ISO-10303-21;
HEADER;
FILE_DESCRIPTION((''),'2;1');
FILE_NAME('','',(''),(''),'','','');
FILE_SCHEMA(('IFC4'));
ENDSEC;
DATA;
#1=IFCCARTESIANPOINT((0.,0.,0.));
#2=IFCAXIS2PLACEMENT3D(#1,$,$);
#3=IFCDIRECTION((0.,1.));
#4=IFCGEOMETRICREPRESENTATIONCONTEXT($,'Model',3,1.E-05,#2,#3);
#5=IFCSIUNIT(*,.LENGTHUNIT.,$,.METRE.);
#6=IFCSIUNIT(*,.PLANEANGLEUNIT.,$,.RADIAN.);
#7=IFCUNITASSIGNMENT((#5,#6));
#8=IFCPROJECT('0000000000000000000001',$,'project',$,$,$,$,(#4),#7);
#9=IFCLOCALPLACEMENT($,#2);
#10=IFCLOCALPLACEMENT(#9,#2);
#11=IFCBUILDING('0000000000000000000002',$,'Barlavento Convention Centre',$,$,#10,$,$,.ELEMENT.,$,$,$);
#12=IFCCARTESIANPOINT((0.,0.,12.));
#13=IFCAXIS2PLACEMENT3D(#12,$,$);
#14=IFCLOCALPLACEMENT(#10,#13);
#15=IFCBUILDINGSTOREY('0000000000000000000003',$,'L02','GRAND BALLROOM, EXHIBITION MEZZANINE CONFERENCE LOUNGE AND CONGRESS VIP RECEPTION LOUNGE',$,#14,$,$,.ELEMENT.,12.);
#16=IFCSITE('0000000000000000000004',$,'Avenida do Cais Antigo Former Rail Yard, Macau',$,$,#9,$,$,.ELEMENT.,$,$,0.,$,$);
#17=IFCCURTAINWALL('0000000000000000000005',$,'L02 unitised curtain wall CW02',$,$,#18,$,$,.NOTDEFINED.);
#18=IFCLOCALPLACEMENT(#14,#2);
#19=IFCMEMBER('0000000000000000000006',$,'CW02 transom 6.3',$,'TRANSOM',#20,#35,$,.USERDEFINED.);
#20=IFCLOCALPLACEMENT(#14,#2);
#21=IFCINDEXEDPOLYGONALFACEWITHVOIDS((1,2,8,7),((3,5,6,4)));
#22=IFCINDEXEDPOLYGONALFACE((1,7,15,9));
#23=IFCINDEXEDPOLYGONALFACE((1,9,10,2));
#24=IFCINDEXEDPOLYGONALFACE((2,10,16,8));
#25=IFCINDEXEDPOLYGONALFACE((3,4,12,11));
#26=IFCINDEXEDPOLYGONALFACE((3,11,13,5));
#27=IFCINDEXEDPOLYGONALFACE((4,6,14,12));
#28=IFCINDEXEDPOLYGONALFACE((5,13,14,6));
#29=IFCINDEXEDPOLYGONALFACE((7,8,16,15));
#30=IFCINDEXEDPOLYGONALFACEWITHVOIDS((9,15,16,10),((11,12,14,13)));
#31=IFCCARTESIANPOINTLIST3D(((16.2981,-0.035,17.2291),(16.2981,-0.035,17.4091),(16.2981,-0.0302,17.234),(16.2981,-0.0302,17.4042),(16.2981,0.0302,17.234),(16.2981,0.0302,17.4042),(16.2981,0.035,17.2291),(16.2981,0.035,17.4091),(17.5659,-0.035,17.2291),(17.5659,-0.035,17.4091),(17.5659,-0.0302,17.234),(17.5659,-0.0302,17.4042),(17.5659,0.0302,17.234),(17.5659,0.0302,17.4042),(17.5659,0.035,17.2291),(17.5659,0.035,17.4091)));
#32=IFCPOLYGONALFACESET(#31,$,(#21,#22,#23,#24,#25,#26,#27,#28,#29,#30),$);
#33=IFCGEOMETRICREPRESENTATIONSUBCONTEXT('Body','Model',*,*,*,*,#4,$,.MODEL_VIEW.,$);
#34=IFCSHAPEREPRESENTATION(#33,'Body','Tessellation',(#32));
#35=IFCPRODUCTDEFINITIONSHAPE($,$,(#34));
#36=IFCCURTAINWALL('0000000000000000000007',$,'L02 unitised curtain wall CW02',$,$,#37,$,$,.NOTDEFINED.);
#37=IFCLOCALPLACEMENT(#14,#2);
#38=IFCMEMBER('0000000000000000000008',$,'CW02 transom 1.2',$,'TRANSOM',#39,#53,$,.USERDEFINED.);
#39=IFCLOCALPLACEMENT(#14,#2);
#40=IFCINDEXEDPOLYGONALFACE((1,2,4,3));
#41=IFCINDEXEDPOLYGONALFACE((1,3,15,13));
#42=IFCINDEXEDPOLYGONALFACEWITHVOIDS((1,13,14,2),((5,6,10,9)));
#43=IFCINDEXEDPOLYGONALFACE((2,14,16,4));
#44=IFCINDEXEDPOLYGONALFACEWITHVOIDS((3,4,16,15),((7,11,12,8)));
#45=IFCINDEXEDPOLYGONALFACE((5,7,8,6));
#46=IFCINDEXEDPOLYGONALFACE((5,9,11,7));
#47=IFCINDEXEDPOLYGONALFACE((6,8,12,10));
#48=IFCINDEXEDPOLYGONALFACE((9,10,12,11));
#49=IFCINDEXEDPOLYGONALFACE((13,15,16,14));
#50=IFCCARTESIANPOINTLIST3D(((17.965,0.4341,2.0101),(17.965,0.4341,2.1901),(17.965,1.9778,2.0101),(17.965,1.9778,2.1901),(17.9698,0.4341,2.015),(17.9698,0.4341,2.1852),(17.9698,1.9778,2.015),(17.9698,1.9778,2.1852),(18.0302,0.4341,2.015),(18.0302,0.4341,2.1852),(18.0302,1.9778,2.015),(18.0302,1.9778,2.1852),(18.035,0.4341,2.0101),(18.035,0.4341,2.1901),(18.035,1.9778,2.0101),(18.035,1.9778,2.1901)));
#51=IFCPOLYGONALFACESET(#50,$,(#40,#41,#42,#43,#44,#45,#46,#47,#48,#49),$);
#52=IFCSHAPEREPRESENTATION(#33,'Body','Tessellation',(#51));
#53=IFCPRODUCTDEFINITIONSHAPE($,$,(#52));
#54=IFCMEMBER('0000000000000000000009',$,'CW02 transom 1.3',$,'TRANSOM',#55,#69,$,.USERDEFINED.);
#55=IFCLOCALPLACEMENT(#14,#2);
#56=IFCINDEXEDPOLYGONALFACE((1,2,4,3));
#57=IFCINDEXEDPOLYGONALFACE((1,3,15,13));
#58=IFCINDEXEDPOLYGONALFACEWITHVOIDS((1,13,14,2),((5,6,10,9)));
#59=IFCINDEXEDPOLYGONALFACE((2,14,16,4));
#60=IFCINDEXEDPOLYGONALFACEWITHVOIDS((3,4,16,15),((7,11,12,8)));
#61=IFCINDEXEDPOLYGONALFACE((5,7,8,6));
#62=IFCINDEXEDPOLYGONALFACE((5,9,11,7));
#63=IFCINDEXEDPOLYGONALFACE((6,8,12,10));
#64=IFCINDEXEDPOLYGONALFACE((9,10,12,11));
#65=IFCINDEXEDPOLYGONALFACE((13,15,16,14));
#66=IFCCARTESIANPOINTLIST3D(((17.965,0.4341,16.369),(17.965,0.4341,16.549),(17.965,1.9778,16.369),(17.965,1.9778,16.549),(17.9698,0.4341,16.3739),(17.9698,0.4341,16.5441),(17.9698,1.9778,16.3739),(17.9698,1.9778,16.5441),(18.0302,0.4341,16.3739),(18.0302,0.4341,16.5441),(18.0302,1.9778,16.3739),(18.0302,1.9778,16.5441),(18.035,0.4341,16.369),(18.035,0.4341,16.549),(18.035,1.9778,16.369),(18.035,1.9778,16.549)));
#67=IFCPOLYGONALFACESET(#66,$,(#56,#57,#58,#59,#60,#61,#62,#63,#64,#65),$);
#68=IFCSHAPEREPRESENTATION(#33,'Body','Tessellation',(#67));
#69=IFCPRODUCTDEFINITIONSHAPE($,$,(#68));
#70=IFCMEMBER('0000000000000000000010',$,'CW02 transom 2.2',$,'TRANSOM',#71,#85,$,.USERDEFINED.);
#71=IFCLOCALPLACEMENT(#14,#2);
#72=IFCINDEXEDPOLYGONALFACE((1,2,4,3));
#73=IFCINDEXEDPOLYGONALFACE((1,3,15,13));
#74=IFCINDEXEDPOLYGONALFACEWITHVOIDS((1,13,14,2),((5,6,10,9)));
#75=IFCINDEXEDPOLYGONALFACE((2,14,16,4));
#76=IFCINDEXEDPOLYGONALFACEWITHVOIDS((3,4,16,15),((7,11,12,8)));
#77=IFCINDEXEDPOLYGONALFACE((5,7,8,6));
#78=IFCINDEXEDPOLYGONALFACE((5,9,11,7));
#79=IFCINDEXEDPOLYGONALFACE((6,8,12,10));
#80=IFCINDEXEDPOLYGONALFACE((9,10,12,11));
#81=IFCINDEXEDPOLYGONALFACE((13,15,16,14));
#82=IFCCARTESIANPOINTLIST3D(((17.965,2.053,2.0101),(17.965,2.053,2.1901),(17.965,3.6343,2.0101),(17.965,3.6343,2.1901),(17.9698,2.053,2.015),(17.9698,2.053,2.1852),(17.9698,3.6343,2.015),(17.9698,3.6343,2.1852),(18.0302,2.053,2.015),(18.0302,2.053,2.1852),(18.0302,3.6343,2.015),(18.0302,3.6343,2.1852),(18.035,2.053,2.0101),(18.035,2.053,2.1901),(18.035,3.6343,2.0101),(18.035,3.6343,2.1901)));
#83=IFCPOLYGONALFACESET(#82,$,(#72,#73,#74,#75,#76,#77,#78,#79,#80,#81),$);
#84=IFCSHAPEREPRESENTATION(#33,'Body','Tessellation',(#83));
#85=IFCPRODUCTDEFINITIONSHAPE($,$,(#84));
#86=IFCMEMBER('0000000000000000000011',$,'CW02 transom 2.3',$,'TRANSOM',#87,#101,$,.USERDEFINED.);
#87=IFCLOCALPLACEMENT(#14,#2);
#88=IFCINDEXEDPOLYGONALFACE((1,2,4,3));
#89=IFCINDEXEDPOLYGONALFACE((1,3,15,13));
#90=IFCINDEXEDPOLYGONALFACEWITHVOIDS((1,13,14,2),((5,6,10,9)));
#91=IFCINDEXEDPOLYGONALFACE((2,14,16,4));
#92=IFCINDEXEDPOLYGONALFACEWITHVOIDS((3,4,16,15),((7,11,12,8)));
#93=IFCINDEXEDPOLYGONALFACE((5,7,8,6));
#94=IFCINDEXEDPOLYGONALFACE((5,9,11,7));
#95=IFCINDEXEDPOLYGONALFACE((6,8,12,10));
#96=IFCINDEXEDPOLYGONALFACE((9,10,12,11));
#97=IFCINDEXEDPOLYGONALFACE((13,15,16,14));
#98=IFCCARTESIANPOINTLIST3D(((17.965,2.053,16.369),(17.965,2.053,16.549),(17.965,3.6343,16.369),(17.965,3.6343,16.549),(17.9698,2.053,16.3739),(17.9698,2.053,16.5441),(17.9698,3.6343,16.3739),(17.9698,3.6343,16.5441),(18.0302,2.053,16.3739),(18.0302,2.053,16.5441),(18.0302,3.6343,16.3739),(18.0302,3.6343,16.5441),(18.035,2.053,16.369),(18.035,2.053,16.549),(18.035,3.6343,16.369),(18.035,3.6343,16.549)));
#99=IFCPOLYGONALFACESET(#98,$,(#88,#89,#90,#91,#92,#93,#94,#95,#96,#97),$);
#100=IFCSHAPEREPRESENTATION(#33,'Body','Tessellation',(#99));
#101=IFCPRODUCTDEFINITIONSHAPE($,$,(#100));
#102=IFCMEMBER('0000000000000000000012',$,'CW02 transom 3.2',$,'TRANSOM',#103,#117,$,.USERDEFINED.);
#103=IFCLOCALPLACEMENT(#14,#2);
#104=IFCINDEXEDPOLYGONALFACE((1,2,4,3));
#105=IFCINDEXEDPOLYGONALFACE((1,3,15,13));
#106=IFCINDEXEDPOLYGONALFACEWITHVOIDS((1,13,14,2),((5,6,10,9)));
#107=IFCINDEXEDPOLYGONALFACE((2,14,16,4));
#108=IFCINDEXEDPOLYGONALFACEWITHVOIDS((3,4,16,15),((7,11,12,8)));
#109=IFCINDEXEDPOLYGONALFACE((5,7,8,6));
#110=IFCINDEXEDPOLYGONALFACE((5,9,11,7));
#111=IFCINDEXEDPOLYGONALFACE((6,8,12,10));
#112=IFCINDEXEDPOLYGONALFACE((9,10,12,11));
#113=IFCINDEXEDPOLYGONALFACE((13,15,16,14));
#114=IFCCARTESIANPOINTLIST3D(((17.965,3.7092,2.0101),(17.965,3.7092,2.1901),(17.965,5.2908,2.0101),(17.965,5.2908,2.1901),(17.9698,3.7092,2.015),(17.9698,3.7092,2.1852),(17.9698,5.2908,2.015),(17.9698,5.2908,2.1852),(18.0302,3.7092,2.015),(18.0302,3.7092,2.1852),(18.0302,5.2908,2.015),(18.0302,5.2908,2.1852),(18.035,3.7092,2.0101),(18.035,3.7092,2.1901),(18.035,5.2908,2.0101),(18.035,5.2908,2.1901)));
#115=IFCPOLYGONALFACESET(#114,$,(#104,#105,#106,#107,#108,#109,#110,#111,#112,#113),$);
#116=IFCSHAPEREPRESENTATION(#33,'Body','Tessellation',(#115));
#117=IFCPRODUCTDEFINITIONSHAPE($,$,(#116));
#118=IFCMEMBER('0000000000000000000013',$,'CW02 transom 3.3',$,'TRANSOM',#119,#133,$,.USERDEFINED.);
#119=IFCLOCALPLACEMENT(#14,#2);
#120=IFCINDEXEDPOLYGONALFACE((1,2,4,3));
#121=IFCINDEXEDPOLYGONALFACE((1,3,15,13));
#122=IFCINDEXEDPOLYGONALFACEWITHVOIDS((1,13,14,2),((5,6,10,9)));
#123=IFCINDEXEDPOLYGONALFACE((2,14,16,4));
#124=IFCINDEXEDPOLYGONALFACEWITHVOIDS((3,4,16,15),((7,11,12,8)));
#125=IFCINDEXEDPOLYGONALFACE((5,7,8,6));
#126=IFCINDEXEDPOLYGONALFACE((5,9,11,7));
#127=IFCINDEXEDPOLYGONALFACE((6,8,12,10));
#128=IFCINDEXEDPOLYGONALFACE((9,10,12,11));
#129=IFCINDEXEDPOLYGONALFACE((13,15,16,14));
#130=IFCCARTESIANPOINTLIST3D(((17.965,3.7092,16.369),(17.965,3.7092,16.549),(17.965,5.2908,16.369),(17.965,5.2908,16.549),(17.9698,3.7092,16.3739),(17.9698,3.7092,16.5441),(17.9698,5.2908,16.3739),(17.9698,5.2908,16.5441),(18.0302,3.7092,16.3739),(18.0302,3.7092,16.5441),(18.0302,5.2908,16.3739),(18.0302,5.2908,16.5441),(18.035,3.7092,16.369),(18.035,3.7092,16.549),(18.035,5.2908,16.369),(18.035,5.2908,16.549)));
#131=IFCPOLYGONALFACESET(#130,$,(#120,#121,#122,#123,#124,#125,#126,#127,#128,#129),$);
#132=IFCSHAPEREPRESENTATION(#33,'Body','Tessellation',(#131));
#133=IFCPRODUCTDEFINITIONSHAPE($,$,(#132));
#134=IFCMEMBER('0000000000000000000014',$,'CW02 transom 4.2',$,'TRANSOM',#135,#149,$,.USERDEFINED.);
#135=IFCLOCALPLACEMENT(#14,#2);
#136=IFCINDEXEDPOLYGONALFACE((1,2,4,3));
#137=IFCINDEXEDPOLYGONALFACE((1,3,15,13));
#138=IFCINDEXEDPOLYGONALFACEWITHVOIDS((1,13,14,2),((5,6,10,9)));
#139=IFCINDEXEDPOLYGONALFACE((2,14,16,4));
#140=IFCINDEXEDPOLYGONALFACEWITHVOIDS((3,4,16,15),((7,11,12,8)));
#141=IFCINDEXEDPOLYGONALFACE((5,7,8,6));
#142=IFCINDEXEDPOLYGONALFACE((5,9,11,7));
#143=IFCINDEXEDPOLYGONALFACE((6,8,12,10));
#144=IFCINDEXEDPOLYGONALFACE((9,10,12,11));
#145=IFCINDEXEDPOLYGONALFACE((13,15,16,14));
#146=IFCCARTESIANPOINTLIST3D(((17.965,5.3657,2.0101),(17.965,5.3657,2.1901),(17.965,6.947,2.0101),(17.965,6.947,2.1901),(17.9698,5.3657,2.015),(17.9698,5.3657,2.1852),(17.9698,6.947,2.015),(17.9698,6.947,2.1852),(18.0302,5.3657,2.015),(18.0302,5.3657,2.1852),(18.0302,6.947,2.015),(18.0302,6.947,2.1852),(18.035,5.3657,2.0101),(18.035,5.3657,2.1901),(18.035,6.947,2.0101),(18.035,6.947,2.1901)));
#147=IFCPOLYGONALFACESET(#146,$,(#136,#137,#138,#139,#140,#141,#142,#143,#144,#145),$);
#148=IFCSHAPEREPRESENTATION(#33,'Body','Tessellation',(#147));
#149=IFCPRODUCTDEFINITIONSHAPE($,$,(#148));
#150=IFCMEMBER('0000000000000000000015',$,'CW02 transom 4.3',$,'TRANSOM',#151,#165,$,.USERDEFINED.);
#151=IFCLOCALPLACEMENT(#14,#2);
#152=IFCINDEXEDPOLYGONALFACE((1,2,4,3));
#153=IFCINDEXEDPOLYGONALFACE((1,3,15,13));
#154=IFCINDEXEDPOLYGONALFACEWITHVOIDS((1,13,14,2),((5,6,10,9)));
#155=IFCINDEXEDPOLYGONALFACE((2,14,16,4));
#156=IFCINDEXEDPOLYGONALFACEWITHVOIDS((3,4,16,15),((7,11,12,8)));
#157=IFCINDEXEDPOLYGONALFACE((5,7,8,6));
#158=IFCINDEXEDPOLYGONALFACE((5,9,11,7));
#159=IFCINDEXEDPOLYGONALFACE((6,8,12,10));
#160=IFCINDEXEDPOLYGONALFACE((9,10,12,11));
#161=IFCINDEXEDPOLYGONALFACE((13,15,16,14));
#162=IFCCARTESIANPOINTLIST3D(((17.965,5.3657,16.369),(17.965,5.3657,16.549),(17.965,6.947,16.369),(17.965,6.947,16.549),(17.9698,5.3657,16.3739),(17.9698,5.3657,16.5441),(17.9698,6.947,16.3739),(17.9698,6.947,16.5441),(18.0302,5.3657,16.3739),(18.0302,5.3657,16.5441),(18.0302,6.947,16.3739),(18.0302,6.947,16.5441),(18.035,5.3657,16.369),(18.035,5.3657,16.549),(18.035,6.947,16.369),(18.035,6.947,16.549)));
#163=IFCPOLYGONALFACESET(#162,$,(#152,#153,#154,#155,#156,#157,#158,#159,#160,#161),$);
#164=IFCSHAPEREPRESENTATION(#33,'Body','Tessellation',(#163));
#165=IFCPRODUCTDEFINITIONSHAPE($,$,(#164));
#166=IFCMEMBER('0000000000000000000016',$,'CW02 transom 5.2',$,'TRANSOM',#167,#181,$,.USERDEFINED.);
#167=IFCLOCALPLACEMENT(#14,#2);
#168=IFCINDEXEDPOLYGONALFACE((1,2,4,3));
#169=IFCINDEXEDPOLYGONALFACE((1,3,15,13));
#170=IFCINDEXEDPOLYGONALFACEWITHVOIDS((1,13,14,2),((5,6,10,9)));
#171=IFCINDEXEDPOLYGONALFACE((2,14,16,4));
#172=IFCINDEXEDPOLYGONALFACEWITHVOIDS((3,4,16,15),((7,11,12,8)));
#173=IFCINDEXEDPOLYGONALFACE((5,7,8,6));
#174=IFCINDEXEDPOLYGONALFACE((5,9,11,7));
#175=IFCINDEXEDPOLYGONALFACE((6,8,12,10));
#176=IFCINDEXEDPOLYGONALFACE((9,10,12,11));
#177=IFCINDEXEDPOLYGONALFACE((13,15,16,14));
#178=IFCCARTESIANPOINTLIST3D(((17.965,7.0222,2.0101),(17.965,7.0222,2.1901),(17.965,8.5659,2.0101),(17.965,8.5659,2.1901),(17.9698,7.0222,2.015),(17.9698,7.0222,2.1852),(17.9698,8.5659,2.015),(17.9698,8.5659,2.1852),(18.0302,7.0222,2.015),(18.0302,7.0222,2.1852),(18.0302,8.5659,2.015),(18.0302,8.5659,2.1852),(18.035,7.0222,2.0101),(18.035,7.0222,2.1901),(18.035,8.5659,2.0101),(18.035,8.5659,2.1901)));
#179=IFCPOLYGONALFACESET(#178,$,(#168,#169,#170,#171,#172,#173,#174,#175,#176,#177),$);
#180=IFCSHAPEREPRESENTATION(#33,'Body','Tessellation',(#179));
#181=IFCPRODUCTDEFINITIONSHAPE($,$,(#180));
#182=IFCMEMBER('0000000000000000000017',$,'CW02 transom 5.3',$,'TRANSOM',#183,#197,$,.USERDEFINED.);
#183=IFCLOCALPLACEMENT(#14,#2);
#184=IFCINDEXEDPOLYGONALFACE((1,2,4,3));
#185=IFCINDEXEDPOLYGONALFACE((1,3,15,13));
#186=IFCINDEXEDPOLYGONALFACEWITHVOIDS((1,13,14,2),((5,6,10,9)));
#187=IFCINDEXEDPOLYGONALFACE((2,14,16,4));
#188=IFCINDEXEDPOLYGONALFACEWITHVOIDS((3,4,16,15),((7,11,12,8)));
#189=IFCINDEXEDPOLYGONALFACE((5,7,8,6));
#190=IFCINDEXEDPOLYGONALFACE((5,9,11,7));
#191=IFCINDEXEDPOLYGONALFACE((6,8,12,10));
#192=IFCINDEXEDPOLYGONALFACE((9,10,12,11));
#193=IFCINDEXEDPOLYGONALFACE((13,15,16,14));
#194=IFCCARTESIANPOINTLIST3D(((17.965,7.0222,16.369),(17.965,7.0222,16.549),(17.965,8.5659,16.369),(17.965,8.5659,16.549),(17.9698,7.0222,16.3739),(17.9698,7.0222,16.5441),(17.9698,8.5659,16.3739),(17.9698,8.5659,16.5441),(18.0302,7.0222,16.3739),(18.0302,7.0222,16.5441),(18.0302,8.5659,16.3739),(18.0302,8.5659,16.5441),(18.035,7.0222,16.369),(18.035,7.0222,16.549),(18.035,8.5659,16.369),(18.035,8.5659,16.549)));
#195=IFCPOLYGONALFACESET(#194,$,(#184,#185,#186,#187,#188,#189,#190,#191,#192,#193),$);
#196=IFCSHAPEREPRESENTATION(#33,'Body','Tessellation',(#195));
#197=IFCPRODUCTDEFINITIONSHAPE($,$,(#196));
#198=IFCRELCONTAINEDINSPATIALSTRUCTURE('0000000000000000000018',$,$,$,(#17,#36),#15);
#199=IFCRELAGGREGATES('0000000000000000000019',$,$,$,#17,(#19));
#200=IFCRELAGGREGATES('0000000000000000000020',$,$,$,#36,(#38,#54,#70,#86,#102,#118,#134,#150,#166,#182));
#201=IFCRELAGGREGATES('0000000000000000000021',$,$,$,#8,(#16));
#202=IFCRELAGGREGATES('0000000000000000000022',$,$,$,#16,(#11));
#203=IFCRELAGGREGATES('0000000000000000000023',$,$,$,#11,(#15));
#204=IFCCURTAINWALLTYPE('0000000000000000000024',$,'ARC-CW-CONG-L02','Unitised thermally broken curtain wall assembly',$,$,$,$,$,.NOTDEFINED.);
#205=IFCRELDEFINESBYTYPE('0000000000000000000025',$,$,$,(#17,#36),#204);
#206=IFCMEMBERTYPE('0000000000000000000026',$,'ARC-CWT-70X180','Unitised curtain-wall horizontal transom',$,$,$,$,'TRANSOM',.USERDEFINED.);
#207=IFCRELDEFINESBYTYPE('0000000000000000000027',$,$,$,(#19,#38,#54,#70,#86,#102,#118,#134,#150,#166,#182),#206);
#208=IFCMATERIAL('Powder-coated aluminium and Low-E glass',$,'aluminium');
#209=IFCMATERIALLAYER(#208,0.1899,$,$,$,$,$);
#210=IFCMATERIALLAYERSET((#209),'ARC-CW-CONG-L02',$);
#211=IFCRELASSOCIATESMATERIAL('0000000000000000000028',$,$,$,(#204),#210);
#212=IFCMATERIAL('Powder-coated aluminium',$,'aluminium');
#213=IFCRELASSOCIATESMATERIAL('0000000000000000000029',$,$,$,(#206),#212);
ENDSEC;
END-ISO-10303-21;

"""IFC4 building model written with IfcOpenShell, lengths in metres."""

from ifc_helpers import new_model, si_unit, direction, frame, origin, origin_2d, place, context, subcontext, project, spatial, hollow_rectangle, extrude, material, layer, layer_set, material_profile, profile_set, type_object, element, aggregate, save


model = new_model("IFC4")

# Units and contexts
model_context = context("Model", 3, precision=1e-05, world=origin(), true_north=direction((0.0, 1.0)))
body_context = subcontext(model_context, "Body", "Model", "MODEL_VIEW")
ifc_project = project(units=[si_unit("LENGTHUNIT", "METRE"), si_unit("PLANEANGLEUNIT", "RADIAN")], contexts=[model_context])

# Site, building, storey
site_placement = place(None, origin())
site = spatial("IfcSite", under=ifc_project, at=site_placement, Name="Avenida do Cais Antigo Former Rail Yard, Macau", CompositionType="ELEMENT", RefElevation=0.0)
building_placement = place(site_placement, origin())
building = spatial("IfcBuilding", under=site, at=building_placement, Name="Barlavento Convention Centre", CompositionType="ELEMENT")
storey_placement = place(building_placement, frame((0.0, 0.0, 12.0)))
storey = spatial("IfcBuildingStorey", under=building, at=storey_placement, Name="L02", Description="GRAND BALLROOM, EXHIBITION MEZZANINE CONFERENCE LOUNGE AND CONGRESS VIP RECEPTION LOUNGE", CompositionType="ELEMENT", Elevation=12.0)

# Curtain walls, members
ifc_material_1 = material(Name="Powder-coated aluminium and Low-E glass", Category="aluminium")
ifc_layer_1 = layer(ifc_material_1, 0.1899)
ifc_layer_set_1 = layer_set([ifc_layer_1], Name="ARC-CW-CONG-L02")
curtain_wall_type = type_object("IfcCurtainWallType", Name="ARC-CW-CONG-L02", Description="Unitised thermally broken curtain wall assembly", PredefinedType="NOTDEFINED", material=ifc_layer_set_1)
curtain_wall_1_placement = place(storey_placement, origin())
curtain_wall_1 = element("IfcCurtainWall", 1, at=curtain_wall_1_placement, inside=storey, type_object=curtain_wall_type, Name="L02 unitised curtain wall CW02", PredefinedType="NOTDEFINED")
ifc_material_2 = material(Name="Powder-coated aluminium", Category="aluminium")
ifc_material_profile = material_profile(ifc_material_2, hollow_rectangle(XDim=0.0701, YDim=0.1799, WallThickness=0.0049, at=origin_2d()), Name="AL-TRAN 70x180x5")
ifc_profile_set = profile_set([ifc_material_profile], Name="Powder-coated aluminium")
member_type = type_object("IfcMemberType", Name="ARC-CWT-70X180", Description="Unitised curtain-wall horizontal transom", ElementType="TRANSOM", PredefinedType="USERDEFINED", material=ifc_profile_set)
member_1_placement = place(storey_placement, frame((16.2981, 0.0, 17.3191), z_axis=(1.0, 0.0, 0.0), x_axis=(0.0, 1.0, 0.0)))
member_1 = element("IfcMember", 2, at=member_1_placement, type_object=member_type, Name="CW02 transom 6.3", ObjectType="TRANSOM", PredefinedType="USERDEFINED", context=body_context, shape_type="SweptSolid", body=[
    extrude(hollow_rectangle(XDim=0.0701, YDim=0.1799, WallThickness=0.0049, at=origin_2d()), origin(), (0.0, 0.0, 1.0), 1.2678),
])
curtain_wall_2_placement = place(storey_placement, origin())
curtain_wall_2 = element("IfcCurtainWall", 3, at=curtain_wall_2_placement, inside=storey, type_object=curtain_wall_type, Name="L02 unitised curtain wall CW02", PredefinedType="NOTDEFINED")
member_2_placement = place(storey_placement, frame((18.0, 0.4341, 2.1001), z_axis=(0.0, 1.0, 0.0), x_axis=(-1.0, 0.0, 0.0)))
member_2 = element("IfcMember", 4, at=member_2_placement, type_object=member_type, Name="CW02 transom 1.2", ObjectType="TRANSOM", PredefinedType="USERDEFINED", context=body_context, shape_type="SweptSolid", body=[
    extrude(hollow_rectangle(XDim=0.0701, YDim=0.1799, WallThickness=0.0049, at=origin_2d()), origin(), (0.0, 0.0, 1.0), 1.5437),
])
member_3_placement = place(storey_placement, frame((18.0, 0.4341, 16.459), z_axis=(0.0, 1.0, 0.0), x_axis=(-1.0, 0.0, 0.0)))
member_3 = element("IfcMember", 5, at=member_3_placement, type_object=member_type, Name="CW02 transom 1.3", ObjectType="TRANSOM", PredefinedType="USERDEFINED", context=body_context, shape_type="SweptSolid", body=[
    extrude(hollow_rectangle(XDim=0.0701, YDim=0.1799, WallThickness=0.0049, at=origin_2d()), origin(), (0.0, 0.0, 1.0), 1.5437),
])
member_4_placement = place(storey_placement, frame((18.0, 2.053, 2.1001), z_axis=(0.0, 1.0, 0.0), x_axis=(-1.0, 0.0, 0.0)))
member_4 = element("IfcMember", 6, at=member_4_placement, type_object=member_type, Name="CW02 transom 2.2", ObjectType="TRANSOM", PredefinedType="USERDEFINED", context=body_context, shape_type="SweptSolid", body=[
    extrude(hollow_rectangle(XDim=0.0701, YDim=0.1799, WallThickness=0.0049, at=origin_2d()), origin(), (0.0, 0.0, 1.0), 1.5813),
])
member_5_placement = place(storey_placement, frame((18.0, 2.053, 16.459), z_axis=(0.0, 1.0, 0.0), x_axis=(-1.0, 0.0, 0.0)))
member_5 = element("IfcMember", 7, at=member_5_placement, type_object=member_type, Name="CW02 transom 2.3", ObjectType="TRANSOM", PredefinedType="USERDEFINED", context=body_context, shape_type="SweptSolid", body=[
    extrude(hollow_rectangle(XDim=0.0701, YDim=0.1799, WallThickness=0.0049, at=origin_2d()), origin(), (0.0, 0.0, 1.0), 1.5813),
])
member_6_placement = place(storey_placement, frame((18.0, 3.7092, 2.1001), z_axis=(0.0, 1.0, 0.0), x_axis=(-1.0, 0.0, 0.0)))
member_6 = element("IfcMember", 8, at=member_6_placement, type_object=member_type, Name="CW02 transom 3.2", ObjectType="TRANSOM", PredefinedType="USERDEFINED", context=body_context, shape_type="SweptSolid", body=[
    extrude(hollow_rectangle(XDim=0.0701, YDim=0.1799, WallThickness=0.0049, at=origin_2d()), origin(), (0.0, 0.0, 1.0), 1.5815),
])
member_7_placement = place(storey_placement, frame((18.0, 3.7092, 16.459), z_axis=(0.0, 1.0, 0.0), x_axis=(-1.0, 0.0, 0.0)))
member_7 = element("IfcMember", 9, at=member_7_placement, type_object=member_type, Name="CW02 transom 3.3", ObjectType="TRANSOM", PredefinedType="USERDEFINED", context=body_context, shape_type="SweptSolid", body=[
    extrude(hollow_rectangle(XDim=0.0701, YDim=0.1799, WallThickness=0.0049, at=origin_2d()), origin(), (0.0, 0.0, 1.0), 1.5815),
])
member_8_placement = place(storey_placement, frame((18.0, 5.3657, 2.1001), z_axis=(0.0, 1.0, 0.0), x_axis=(-1.0, 0.0, 0.0)))
member_8 = element("IfcMember", 10, at=member_8_placement, type_object=member_type, Name="CW02 transom 4.2", ObjectType="TRANSOM", PredefinedType="USERDEFINED", context=body_context, shape_type="SweptSolid", body=[
    extrude(hollow_rectangle(XDim=0.0701, YDim=0.1799, WallThickness=0.0049, at=origin_2d()), origin(), (0.0, 0.0, 1.0), 1.5813),
])
member_9_placement = place(storey_placement, frame((18.0, 5.3657, 16.459), z_axis=(0.0, 1.0, 0.0), x_axis=(-1.0, 0.0, 0.0)))
member_9 = element("IfcMember", 11, at=member_9_placement, type_object=member_type, Name="CW02 transom 4.3", ObjectType="TRANSOM", PredefinedType="USERDEFINED", context=body_context, shape_type="SweptSolid", body=[
    extrude(hollow_rectangle(XDim=0.0701, YDim=0.1799, WallThickness=0.0049, at=origin_2d()), origin(), (0.0, 0.0, 1.0), 1.5813),
])
member_10_placement = place(storey_placement, frame((18.0, 7.0222, 2.1001), z_axis=(0.0, 1.0, 0.0), x_axis=(-1.0, 0.0, 0.0)))
member_10 = element("IfcMember", 12, at=member_10_placement, type_object=member_type, Name="CW02 transom 5.2", ObjectType="TRANSOM", PredefinedType="USERDEFINED", context=body_context, shape_type="SweptSolid", body=[
    extrude(hollow_rectangle(XDim=0.0701, YDim=0.1799, WallThickness=0.0049, at=origin_2d()), origin(), (0.0, 0.0, 1.0), 1.5437),
])
member_11_placement = place(storey_placement, frame((18.0, 7.0222, 16.459), z_axis=(0.0, 1.0, 0.0), x_axis=(-1.0, 0.0, 0.0)))
member_11 = element("IfcMember", 13, at=member_11_placement, type_object=member_type, Name="CW02 transom 5.3", ObjectType="TRANSOM", PredefinedType="USERDEFINED", context=body_context, shape_type="SweptSolid", body=[
    extrude(hollow_rectangle(XDim=0.0701, YDim=0.1799, WallThickness=0.0049, at=origin_2d()), origin(), (0.0, 0.0, 1.0), 1.5437),
])

aggregate(curtain_wall_1, [member_1])
aggregate(curtain_wall_2, [member_2, member_3, member_4, member_5, member_6, member_7, member_8, member_9, member_10, member_11])

save(model, "model.ifc")
